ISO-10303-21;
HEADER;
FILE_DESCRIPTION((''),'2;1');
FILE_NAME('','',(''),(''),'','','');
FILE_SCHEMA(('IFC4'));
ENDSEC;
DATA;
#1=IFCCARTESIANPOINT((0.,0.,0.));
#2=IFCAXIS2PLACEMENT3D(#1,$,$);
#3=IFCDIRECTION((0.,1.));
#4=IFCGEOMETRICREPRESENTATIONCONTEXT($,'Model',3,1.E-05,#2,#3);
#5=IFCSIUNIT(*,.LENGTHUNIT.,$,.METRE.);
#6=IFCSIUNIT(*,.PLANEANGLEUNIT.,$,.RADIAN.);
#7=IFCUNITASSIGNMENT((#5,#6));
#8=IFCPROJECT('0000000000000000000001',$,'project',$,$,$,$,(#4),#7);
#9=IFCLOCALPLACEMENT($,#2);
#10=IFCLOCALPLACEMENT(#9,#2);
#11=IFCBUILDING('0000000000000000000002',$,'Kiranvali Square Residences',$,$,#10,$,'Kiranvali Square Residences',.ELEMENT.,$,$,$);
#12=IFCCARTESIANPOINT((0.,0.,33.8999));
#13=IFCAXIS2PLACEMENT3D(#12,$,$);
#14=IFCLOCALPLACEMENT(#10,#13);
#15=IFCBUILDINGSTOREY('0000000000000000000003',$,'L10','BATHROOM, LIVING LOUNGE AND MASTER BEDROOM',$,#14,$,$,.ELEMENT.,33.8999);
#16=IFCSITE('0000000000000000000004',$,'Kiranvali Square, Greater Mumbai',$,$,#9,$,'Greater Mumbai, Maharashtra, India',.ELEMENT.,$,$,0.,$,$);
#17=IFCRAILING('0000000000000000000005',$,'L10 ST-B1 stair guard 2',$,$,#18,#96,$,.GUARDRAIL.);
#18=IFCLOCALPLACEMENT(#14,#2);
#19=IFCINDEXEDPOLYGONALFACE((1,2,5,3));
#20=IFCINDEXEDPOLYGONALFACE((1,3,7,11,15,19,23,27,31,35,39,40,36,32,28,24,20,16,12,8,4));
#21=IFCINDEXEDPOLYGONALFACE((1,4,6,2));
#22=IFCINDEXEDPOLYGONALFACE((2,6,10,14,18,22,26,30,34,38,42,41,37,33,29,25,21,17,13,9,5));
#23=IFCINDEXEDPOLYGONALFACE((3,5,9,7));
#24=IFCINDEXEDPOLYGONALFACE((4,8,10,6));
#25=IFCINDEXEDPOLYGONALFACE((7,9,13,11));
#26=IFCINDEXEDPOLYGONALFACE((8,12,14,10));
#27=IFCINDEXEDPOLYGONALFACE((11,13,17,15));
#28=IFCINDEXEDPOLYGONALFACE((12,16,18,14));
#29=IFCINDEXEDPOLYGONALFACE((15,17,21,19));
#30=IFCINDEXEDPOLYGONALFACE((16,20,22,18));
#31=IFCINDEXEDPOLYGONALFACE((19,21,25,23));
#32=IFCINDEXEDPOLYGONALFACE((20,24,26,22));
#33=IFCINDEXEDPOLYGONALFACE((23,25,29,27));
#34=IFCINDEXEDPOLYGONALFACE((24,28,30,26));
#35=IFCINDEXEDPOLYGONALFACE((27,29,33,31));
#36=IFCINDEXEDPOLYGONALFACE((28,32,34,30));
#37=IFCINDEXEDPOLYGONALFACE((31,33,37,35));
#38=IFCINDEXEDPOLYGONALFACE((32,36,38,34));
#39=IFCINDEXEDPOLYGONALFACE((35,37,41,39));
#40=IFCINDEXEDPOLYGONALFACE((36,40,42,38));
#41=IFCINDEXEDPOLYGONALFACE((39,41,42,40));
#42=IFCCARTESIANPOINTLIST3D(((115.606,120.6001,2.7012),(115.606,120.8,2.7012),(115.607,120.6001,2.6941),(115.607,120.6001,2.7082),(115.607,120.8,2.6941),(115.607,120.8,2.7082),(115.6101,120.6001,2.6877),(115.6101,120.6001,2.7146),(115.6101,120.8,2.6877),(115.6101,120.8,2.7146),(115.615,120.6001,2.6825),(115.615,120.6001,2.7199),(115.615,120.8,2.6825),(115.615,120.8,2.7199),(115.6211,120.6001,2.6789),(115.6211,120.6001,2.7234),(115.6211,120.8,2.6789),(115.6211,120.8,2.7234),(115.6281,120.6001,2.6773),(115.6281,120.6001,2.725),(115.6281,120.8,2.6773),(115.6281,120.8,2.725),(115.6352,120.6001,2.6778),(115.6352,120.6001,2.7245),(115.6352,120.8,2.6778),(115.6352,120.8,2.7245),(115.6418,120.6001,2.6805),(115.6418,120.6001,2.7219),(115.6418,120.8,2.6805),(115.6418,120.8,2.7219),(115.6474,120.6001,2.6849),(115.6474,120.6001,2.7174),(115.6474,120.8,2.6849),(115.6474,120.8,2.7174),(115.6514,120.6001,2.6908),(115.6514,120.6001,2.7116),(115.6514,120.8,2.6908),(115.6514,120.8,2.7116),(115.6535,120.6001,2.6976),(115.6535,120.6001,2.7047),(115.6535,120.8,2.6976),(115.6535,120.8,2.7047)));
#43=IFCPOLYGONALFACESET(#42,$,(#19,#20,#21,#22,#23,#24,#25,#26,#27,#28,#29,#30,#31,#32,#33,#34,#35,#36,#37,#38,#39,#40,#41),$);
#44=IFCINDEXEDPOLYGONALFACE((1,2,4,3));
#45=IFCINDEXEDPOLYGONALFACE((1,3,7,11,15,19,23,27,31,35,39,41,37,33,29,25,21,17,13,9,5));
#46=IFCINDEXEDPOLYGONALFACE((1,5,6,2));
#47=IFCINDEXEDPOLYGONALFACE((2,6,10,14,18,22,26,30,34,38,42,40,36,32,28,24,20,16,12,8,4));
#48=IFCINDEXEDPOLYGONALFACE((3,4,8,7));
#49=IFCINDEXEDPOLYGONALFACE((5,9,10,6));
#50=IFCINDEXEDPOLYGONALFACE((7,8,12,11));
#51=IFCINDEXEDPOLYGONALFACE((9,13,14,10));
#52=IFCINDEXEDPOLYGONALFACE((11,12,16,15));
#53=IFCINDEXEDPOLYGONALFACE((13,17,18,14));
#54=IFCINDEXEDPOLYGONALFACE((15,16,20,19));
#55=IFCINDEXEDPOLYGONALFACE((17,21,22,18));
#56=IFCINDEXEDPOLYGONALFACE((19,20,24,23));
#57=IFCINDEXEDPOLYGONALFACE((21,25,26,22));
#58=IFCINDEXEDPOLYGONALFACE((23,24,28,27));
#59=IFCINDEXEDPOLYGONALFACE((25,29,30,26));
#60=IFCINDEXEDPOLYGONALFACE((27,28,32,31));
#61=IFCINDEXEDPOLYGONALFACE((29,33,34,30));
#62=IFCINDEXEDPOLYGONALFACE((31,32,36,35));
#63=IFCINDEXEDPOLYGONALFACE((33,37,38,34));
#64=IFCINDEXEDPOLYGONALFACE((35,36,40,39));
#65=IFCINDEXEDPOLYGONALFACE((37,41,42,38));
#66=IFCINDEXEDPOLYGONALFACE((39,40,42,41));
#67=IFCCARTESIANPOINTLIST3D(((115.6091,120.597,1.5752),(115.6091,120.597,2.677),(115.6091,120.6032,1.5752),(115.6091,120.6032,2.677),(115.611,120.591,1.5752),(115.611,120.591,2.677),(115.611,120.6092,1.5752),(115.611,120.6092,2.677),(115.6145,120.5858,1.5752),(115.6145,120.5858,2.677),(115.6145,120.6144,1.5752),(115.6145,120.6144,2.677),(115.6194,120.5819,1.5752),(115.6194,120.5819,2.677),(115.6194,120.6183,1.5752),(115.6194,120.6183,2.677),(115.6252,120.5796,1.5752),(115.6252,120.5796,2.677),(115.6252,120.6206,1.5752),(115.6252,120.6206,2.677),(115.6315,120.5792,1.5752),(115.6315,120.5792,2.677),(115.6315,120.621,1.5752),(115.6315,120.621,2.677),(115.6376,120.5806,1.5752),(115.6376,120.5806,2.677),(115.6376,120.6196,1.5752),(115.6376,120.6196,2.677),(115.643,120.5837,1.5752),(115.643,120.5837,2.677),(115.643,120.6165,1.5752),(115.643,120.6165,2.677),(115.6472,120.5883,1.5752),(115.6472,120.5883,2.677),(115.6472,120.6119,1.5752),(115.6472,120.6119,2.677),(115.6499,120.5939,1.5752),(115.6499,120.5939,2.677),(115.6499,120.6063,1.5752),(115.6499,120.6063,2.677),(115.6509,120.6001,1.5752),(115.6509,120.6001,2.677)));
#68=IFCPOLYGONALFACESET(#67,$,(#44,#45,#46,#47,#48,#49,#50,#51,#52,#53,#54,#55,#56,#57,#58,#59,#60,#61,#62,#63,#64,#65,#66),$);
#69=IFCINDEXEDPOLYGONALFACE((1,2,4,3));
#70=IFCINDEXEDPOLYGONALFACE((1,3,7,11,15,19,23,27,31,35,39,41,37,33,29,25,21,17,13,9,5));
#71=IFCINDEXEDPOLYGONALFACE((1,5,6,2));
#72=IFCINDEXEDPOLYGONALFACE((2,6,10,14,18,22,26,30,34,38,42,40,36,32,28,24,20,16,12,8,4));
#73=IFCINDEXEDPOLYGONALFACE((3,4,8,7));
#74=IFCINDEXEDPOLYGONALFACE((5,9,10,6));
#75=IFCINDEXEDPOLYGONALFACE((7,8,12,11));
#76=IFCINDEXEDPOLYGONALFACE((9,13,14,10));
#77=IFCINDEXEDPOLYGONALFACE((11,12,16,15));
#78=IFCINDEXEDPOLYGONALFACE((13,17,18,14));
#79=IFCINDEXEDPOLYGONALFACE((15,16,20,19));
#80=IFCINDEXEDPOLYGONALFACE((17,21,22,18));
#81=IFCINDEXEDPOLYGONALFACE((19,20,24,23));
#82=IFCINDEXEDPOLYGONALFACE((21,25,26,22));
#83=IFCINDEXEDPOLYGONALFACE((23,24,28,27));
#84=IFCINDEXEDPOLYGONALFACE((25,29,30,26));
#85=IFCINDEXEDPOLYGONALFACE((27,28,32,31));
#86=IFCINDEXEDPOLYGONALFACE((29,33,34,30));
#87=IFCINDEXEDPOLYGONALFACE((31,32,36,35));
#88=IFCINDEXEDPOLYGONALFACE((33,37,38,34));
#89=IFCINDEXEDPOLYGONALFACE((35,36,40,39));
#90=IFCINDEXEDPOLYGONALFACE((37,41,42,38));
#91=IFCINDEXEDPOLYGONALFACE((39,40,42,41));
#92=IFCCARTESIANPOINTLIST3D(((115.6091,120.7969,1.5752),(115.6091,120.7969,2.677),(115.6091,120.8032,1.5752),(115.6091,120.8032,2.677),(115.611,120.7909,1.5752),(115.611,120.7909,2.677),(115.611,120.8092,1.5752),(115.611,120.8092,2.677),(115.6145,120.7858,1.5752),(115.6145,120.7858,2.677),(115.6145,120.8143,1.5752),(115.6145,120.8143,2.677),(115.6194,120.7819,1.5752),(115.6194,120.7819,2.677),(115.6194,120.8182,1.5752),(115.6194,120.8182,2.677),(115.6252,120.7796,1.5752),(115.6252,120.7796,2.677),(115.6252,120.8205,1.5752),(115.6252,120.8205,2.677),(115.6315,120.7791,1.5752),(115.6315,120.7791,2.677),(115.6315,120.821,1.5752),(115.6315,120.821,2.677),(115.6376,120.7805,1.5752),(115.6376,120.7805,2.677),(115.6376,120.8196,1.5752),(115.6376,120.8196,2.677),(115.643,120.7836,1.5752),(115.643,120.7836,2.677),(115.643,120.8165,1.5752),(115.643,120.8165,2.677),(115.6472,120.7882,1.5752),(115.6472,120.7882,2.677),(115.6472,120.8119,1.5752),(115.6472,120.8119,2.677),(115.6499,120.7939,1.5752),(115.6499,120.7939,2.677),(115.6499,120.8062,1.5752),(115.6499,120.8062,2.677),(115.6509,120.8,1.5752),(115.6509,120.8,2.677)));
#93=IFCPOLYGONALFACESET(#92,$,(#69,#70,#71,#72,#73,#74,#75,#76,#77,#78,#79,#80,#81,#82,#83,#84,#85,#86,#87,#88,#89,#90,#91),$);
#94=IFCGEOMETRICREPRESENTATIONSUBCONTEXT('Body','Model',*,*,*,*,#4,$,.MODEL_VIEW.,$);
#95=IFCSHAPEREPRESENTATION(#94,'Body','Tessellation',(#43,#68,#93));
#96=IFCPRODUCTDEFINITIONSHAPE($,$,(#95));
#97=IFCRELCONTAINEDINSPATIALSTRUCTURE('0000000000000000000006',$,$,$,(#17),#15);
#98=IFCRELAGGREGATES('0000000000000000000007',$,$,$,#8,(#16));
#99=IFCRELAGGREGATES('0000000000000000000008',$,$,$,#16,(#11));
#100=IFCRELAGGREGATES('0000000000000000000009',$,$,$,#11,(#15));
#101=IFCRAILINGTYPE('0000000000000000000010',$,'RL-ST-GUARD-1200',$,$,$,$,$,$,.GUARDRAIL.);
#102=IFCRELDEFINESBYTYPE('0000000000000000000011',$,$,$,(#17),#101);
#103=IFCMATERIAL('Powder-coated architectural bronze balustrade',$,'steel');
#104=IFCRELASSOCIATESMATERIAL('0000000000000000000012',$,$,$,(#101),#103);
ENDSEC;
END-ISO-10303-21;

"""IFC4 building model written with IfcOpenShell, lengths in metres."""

from ifc_helpers import new_model, si_unit, direction, frame, origin, origin_2d, place, context, subcontext, project, spatial, circle, extrude, material, type_object, element, save


model = new_model("IFC4")

# Units and contexts
model_context = context("Model", 3, precision=1e-05, world=origin(), true_north=direction((0.0, 1.0)))
body_context = subcontext(model_context, "Body", "Model", "MODEL_VIEW")
ifc_project = project(units=[si_unit("LENGTHUNIT", "METRE"), si_unit("PLANEANGLEUNIT", "RADIAN")], contexts=[model_context])

# Site, building, storey
site_placement = place(None, origin())
site = spatial("IfcSite", under=ifc_project, at=site_placement, Name="Kiranvali Square, Greater Mumbai", LongName="Greater Mumbai, Maharashtra, India", CompositionType="ELEMENT", RefElevation=0.0)
building_placement = place(site_placement, origin())
building = spatial("IfcBuilding", under=site, at=building_placement, Name="Kiranvali Square Residences", LongName="Kiranvali Square Residences", CompositionType="ELEMENT")
storey_placement = place(building_placement, frame((0.0, 0.0, 33.8999)))
storey = spatial("IfcBuildingStorey", under=building, at=storey_placement, Name="L10", Description="BATHROOM, LIVING LOUNGE AND MASTER BEDROOM", CompositionType="ELEMENT", Elevation=33.8999)

# Railing
ifc_material_1 = material(Name="Powder-coated architectural bronze balustrade", Category="steel")
railing_type_1 = type_object("IfcRailingType", Name="RL-ST-GUARD-1200", PredefinedType="GUARDRAIL", material=ifc_material_1)
railing_1_placement = place(storey_placement, frame((115.6299, 120.6001, 1.5752)))
element("IfcRailing", 1, at=railing_1_placement, inside=storey, type_object=railing_type_1, Name="L10 ST-B1 stair guard 2", PredefinedType="GUARDRAIL", context=body_context, shape_type="SweptSolid", body=[
    extrude(circle(Radius=0.0239, at=origin_2d()), frame((0.0, 0.0, 1.126), z_axis=(0.0, 1.0, 0.0), x_axis=(-1.0, 0.0, 0.0)), (0.0, 0.0, 1.0), 0.2),
    extrude(circle(Radius=0.021, at=origin_2d()), origin(), (0.0, 0.0, 1.0), 1.1018),
    extrude(circle(Radius=0.021, at=origin_2d()), frame((0.0, 0.2, 0.0)), (0.0, 0.0, 1.0), 1.1018),
])

save(model, "model.ifc")
